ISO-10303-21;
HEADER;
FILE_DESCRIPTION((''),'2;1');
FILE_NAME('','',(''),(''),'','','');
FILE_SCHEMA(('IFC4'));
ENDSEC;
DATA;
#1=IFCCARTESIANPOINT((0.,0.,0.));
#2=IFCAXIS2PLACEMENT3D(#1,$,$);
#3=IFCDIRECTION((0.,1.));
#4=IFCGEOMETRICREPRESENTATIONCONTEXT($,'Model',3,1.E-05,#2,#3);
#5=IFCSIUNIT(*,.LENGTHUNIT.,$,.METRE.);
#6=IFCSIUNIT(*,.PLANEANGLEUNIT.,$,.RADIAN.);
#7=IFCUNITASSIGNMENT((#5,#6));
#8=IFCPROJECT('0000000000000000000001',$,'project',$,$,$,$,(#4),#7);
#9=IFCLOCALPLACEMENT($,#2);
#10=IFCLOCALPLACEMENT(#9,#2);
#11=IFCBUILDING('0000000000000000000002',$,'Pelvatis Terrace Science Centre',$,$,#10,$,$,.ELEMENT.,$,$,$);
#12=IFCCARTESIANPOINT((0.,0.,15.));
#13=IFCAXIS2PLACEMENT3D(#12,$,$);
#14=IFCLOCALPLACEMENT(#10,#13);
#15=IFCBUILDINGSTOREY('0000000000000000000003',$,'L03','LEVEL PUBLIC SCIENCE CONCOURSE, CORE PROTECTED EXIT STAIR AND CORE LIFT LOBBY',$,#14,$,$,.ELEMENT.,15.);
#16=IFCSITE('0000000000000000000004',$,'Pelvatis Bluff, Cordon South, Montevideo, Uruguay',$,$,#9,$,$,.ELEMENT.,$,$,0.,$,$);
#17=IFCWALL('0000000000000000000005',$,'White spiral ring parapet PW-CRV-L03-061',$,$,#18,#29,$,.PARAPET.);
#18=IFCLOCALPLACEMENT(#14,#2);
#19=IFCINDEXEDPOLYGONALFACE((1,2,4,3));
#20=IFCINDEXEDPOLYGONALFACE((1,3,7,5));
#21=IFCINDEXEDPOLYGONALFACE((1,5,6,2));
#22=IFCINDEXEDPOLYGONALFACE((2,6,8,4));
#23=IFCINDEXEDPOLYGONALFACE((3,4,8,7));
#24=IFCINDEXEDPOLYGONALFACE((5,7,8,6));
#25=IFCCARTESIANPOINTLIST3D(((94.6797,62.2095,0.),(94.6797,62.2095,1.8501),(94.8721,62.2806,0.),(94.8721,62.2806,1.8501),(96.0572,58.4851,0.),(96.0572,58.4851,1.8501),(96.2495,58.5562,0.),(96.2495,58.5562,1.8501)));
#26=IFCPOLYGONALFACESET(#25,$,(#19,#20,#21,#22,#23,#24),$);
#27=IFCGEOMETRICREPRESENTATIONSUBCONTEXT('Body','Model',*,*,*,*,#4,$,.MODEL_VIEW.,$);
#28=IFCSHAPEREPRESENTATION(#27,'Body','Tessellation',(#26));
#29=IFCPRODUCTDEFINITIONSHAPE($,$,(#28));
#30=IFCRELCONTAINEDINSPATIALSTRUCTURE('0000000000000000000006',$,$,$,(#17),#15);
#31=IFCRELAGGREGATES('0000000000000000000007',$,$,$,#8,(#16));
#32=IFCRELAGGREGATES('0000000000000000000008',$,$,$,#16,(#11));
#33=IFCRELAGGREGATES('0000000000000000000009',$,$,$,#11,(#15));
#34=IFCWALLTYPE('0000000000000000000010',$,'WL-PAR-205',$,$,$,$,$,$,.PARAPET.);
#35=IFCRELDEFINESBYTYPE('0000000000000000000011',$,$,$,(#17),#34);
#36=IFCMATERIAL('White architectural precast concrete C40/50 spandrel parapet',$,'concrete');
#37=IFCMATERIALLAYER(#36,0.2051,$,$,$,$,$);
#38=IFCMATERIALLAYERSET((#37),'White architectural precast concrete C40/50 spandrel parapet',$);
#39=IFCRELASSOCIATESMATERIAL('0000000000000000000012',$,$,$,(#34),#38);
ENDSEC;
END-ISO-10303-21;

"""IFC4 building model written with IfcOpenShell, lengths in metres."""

from ifc_helpers import new_model, si_unit, direction, frame, frame_2d, origin, place, context, subcontext, project, spatial, rectangle, extrude, material, layer, layer_set, type_object, element, save


model = new_model("IFC4")

# Units and contexts
model_context = context("Model", 3, precision=1e-05, world=origin(), true_north=direction((0.0, 1.0)))
body_context = subcontext(model_context, "Body", "Model", "MODEL_VIEW")
ifc_project = project(units=[si_unit("LENGTHUNIT", "METRE"), si_unit("PLANEANGLEUNIT", "RADIAN")], contexts=[model_context])

# Site, building, storey
site_placement = place(None, origin())
site = spatial("IfcSite", under=ifc_project, at=site_placement, Name="Pelvatis Bluff, Cordon South, Montevideo, Uruguay", CompositionType="ELEMENT", RefElevation=0.0)
building_placement = place(site_placement, origin())
building = spatial("IfcBuilding", under=site, at=building_placement, Name="Pelvatis Terrace Science Centre", CompositionType="ELEMENT")
storey_placement = place(building_placement, frame((0.0, 0.0, 15.0)))
storey = spatial("IfcBuildingStorey", under=building, at=storey_placement, Name="L03", Description="LEVEL PUBLIC SCIENCE CONCOURSE, CORE PROTECTED EXIT STAIR AND CORE LIFT LOBBY", CompositionType="ELEMENT", Elevation=15.0)

# Wall
ifc_material_1 = material(Name="White architectural precast concrete C40/50 spandrel parapet", Category="concrete")
ifc_layer_1 = layer(ifc_material_1, 0.2051)
ifc_layer_set_1 = layer_set([ifc_layer_1], Name="White architectural precast concrete C40/50 spandrel parapet")
wall_type = type_object("IfcWallType", Name="WL-PAR-205", PredefinedType="PARAPET", material=ifc_layer_set_1)
wall_placement = place(storey_placement, frame((96.1533, 58.5208, 0.0), z_axis=(0.0, 0.0, 1.0), x_axis=(-0.346882, 0.937909, 0.0)))
element("IfcWall", 1, at=wall_placement, inside=storey, type_object=wall_type, Name="White spiral ring parapet PW-CRV-L03-061", PredefinedType="PARAPET", context=body_context, shape_type="SweptSolid", body=[
    extrude(rectangle(XDim=3.9709, YDim=0.2051, at=frame_2d((1.9854, 0.0))), origin(), (0.0, 0.0, 1.0), 1.8501),
])

save(model, "model.ifc")
